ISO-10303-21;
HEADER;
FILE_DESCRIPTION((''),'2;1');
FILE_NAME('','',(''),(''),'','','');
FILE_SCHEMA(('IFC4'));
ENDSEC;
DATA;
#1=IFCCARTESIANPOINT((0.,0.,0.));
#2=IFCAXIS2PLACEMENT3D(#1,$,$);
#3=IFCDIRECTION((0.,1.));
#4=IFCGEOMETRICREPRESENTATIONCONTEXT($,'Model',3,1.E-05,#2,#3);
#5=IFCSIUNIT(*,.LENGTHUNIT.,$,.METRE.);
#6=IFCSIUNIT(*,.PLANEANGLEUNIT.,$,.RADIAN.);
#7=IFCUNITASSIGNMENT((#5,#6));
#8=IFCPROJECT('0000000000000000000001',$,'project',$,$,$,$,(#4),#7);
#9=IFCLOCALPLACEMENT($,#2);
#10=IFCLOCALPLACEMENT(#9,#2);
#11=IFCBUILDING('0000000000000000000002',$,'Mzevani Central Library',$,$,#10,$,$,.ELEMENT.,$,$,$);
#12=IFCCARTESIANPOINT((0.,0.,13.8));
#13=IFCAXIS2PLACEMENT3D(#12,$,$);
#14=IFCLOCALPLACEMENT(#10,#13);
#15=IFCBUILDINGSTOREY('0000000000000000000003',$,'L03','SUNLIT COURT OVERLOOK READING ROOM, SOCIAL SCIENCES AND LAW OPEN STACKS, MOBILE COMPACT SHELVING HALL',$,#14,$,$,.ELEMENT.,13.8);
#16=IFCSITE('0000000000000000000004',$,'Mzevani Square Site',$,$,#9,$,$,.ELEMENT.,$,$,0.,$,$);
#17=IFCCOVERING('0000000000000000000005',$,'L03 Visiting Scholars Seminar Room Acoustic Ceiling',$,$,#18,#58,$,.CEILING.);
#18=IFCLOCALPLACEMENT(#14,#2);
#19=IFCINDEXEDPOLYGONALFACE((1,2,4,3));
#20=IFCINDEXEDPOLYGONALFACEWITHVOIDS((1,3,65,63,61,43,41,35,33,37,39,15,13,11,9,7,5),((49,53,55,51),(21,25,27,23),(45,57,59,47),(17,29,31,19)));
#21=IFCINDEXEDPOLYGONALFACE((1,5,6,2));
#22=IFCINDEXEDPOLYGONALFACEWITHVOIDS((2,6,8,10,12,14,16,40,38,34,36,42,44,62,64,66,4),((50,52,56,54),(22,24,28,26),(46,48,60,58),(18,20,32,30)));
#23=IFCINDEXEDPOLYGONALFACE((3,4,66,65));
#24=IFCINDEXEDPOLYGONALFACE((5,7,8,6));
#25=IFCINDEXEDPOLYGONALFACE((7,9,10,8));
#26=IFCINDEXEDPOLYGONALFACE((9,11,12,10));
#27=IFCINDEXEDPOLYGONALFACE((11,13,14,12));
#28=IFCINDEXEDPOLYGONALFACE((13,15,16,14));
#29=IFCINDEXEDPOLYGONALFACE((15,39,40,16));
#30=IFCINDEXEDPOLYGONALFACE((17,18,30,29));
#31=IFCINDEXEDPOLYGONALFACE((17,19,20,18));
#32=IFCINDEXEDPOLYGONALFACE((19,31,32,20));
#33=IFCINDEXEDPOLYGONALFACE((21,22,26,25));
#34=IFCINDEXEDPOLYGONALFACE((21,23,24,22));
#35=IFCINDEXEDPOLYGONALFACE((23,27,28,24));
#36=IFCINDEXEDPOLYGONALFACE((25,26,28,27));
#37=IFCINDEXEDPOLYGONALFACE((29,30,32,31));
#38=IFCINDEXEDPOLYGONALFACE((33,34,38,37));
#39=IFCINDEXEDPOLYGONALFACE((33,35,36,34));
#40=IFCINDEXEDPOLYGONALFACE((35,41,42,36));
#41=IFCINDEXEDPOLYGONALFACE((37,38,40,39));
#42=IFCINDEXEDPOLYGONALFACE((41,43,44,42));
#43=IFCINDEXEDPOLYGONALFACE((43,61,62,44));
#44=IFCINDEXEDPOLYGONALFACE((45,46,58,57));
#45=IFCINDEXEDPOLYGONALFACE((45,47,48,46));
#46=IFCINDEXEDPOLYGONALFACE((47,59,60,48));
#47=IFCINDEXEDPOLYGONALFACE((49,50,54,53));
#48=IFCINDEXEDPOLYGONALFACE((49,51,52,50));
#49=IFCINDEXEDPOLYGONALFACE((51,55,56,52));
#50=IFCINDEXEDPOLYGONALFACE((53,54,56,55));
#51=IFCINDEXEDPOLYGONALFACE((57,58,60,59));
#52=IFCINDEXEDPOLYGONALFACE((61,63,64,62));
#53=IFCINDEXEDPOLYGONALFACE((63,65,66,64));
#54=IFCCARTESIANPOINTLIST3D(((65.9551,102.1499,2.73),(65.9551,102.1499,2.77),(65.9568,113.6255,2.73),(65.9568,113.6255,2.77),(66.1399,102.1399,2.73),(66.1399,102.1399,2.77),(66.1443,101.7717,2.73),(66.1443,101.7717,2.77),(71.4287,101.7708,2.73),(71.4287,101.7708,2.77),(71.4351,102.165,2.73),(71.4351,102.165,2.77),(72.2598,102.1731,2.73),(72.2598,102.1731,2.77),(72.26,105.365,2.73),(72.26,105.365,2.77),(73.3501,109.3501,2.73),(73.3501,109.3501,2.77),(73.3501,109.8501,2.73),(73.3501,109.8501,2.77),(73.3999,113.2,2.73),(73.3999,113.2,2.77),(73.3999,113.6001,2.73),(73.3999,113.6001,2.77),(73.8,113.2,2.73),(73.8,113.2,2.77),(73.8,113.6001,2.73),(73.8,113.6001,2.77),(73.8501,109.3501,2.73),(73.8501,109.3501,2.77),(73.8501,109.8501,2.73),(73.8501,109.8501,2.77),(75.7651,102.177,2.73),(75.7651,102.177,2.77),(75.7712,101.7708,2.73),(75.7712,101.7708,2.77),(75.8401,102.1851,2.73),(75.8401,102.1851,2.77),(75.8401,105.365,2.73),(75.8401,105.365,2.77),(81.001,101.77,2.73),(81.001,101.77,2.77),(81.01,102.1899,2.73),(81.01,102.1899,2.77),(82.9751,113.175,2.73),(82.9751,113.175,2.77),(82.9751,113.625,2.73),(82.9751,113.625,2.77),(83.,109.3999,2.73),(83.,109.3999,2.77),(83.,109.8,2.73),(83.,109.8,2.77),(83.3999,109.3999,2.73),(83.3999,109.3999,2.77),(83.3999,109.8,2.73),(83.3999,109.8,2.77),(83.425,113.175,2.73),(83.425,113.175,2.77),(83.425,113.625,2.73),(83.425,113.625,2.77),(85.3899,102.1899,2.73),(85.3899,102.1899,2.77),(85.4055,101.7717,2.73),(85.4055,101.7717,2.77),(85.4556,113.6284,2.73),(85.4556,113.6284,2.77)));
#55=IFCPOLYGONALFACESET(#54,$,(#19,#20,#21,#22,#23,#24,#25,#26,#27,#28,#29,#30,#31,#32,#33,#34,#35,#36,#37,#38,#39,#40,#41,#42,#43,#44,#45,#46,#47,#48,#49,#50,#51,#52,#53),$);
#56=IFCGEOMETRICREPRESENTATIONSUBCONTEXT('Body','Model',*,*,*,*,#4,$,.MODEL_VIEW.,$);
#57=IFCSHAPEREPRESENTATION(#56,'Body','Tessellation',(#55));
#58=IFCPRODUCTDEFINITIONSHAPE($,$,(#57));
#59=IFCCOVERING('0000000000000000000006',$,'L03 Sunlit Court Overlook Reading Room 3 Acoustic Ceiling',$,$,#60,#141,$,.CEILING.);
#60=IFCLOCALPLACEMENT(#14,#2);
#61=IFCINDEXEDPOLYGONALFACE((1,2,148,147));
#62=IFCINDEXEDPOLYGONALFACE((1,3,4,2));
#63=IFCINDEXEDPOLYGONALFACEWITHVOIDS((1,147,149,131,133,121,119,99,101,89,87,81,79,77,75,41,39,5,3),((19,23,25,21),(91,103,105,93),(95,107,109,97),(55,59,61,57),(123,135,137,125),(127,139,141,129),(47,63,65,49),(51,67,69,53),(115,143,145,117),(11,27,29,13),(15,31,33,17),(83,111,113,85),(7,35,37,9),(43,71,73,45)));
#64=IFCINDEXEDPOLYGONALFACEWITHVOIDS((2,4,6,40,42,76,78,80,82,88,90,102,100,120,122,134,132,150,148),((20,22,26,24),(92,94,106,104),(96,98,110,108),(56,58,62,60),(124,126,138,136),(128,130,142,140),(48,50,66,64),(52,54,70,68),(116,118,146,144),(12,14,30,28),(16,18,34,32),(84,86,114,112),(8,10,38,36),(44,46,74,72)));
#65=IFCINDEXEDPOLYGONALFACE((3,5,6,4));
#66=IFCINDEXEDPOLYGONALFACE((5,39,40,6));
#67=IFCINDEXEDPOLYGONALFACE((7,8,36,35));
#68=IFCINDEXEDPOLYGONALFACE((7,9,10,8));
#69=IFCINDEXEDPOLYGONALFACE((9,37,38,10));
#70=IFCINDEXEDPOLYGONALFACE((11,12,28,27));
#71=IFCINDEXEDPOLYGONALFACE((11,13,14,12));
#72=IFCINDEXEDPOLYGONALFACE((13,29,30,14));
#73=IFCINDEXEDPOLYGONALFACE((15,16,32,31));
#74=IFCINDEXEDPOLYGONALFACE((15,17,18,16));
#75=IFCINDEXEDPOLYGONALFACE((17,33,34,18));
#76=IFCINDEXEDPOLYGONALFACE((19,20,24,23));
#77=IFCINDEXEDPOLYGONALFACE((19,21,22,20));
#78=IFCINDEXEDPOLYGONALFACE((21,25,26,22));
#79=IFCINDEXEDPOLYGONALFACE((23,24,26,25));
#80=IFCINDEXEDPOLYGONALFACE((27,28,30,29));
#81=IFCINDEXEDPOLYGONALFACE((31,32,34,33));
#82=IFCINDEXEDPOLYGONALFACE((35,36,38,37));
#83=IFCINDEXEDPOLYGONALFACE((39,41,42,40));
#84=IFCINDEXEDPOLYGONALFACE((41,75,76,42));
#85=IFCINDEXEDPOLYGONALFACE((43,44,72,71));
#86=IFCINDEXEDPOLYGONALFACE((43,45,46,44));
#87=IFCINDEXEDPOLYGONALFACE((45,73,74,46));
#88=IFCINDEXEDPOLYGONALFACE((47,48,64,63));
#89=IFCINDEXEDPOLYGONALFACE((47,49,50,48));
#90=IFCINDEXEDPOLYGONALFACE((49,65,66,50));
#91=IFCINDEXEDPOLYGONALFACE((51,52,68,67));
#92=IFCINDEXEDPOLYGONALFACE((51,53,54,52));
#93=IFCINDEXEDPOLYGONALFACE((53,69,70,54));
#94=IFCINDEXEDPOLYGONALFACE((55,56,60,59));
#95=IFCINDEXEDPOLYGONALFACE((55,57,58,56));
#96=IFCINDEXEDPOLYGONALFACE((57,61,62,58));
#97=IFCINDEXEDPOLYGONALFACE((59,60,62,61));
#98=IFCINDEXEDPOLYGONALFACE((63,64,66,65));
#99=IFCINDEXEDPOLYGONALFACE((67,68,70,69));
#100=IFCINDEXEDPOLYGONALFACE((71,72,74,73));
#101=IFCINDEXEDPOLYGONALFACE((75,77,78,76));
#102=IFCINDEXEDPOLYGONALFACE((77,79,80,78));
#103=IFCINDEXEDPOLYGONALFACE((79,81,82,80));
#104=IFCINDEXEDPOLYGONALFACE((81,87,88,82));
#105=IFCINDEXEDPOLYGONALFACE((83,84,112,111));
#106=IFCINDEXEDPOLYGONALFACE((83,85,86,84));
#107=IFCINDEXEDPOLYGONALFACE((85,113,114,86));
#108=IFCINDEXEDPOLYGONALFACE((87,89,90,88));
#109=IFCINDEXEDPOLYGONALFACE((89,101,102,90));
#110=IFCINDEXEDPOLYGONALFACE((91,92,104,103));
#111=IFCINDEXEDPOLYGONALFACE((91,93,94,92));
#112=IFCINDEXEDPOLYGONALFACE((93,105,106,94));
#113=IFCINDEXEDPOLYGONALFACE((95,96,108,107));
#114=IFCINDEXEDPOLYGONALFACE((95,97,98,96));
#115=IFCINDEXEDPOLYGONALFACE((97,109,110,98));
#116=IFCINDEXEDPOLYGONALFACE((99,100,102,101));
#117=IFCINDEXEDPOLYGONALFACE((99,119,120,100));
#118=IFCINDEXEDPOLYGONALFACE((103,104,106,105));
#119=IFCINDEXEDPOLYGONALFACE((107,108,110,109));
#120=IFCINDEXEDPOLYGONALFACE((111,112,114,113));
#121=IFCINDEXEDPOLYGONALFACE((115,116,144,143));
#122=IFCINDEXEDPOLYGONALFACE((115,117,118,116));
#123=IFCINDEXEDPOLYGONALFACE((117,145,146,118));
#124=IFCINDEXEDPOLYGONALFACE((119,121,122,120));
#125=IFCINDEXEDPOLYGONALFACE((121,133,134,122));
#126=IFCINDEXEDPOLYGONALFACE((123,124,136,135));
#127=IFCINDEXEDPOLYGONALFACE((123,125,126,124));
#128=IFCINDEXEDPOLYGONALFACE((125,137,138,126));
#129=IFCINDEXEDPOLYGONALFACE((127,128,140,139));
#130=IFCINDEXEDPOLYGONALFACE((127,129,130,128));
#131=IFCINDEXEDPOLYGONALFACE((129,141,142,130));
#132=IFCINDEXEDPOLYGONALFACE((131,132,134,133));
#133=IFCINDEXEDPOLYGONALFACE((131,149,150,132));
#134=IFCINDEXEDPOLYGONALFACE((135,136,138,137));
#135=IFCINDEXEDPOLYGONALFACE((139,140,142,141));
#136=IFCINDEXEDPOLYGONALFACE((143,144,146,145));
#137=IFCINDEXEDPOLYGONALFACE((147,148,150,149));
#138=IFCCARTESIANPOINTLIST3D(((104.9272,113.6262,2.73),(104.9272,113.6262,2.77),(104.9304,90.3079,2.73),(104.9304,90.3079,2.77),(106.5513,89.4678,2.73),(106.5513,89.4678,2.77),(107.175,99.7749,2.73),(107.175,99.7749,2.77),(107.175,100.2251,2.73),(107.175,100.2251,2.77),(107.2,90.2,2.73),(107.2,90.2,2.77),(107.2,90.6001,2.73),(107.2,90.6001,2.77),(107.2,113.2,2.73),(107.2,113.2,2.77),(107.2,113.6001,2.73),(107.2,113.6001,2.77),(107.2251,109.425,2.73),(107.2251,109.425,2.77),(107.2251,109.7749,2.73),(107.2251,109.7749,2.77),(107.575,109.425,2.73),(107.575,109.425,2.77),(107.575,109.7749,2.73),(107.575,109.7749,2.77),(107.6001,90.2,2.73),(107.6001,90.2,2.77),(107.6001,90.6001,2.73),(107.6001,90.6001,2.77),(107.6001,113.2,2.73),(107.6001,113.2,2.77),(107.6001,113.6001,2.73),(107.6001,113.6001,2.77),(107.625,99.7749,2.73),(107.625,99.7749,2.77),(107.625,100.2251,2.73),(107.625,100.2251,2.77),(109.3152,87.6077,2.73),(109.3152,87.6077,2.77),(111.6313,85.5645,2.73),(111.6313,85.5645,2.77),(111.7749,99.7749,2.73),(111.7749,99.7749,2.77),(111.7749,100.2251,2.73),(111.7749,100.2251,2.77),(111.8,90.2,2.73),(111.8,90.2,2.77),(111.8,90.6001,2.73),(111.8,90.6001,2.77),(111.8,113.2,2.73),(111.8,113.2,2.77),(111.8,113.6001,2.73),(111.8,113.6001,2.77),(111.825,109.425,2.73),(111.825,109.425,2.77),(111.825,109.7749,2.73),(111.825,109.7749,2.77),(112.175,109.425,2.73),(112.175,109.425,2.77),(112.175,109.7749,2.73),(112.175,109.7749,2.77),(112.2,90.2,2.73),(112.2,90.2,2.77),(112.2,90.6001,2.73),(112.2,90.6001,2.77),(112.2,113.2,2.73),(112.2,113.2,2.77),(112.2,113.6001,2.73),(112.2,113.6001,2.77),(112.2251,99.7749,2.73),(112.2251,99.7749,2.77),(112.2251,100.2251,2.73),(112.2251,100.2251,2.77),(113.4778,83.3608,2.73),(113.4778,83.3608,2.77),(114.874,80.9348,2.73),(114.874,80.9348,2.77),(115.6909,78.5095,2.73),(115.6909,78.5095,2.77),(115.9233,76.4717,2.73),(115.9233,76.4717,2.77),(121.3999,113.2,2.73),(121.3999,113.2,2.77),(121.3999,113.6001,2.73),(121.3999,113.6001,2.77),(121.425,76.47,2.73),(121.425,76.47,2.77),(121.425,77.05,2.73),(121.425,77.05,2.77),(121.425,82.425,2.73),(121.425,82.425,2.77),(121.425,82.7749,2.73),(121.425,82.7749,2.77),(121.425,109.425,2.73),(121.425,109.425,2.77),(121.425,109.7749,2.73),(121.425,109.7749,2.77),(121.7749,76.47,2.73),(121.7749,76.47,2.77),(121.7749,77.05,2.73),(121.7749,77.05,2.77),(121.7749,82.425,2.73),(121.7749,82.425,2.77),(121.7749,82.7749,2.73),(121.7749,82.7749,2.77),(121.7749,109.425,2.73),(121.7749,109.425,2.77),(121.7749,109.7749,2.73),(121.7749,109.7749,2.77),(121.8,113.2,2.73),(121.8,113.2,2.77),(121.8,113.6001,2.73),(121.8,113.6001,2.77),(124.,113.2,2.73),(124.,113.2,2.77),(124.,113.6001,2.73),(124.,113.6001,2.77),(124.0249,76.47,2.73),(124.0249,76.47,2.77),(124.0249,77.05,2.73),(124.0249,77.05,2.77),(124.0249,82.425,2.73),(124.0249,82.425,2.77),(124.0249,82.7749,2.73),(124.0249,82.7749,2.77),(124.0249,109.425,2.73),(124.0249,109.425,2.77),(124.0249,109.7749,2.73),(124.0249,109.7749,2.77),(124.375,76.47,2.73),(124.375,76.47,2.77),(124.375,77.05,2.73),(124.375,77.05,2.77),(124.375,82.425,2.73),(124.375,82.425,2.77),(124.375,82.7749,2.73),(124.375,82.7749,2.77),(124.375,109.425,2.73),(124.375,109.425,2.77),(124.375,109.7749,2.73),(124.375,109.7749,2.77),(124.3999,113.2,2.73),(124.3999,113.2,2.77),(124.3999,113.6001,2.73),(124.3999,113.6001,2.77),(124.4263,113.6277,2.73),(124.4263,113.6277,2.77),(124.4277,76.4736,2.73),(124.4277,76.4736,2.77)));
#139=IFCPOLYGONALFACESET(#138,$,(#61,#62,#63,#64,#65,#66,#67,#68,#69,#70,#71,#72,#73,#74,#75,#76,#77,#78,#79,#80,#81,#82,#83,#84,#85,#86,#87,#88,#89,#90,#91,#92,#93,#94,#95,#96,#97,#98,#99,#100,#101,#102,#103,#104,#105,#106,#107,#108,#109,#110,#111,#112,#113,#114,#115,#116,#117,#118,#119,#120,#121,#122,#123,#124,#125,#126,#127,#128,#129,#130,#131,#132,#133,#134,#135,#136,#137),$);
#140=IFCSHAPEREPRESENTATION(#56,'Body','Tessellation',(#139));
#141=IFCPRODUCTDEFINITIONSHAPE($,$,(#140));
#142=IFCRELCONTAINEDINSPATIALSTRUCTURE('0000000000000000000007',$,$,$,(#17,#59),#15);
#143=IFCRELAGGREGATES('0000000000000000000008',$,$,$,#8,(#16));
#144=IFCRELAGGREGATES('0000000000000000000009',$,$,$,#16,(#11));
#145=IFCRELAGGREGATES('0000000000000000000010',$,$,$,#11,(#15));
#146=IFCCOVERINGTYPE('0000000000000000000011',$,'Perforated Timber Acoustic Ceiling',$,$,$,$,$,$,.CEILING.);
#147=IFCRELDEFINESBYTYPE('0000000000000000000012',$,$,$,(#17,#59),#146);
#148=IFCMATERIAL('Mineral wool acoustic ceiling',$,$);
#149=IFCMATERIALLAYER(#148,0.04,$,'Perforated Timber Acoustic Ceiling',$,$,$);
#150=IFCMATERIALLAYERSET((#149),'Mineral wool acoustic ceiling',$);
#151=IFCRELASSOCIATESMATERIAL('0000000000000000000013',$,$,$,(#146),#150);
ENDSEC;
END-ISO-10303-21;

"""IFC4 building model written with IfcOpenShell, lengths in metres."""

from ifc_helpers import new_model, si_unit, direction, frame, origin, place, context, subcontext, project, spatial, polyline, outline, extrude, material, layer, layer_set, type_object, element, save


model = new_model("IFC4")

# Units and contexts
model_context = context("Model", 3, precision=1e-05, world=origin(), true_north=direction((0.0, 1.0)))
body_context = subcontext(model_context, "Body", "Model", "MODEL_VIEW")
ifc_project = project(units=[si_unit("LENGTHUNIT", "METRE"), si_unit("PLANEANGLEUNIT", "RADIAN")], contexts=[model_context])

# Site, building, storey
site_placement = place(None, origin())
site = spatial("IfcSite", under=ifc_project, at=site_placement, Name="Mzevani Square Site", CompositionType="ELEMENT", RefElevation=0.0)
building_placement = place(site_placement, origin())
building = spatial("IfcBuilding", under=site, at=building_placement, Name="Mzevani Central Library", CompositionType="ELEMENT")
storey_placement = place(building_placement, frame((0.0, 0.0, 13.8)))
storey = spatial("IfcBuildingStorey", under=building, at=storey_placement, Name="L03", Description="SUNLIT COURT OVERLOOK READING ROOM, SOCIAL SCIENCES AND LAW OPEN STACKS, MOBILE COMPACT SHELVING HALL", CompositionType="ELEMENT", Elevation=13.8)

# Coverings
ifc_material_1 = material(Name="Mineral wool acoustic ceiling")
ifc_layer_1 = layer(ifc_material_1, 0.04, Name="Perforated Timber Acoustic Ceiling")
ifc_layer_set_1 = layer_set([ifc_layer_1], Name="Mineral wool acoustic ceiling")
covering_type_1 = type_object("IfcCoveringType", Name="Perforated Timber Acoustic Ceiling", PredefinedType="CEILING", material=ifc_layer_set_1)
covering_1_placement = place(storey_placement, frame((0.0, 0.0, 2.73)))
element("IfcCovering", 1, at=covering_1_placement, inside=storey, type_object=covering_type_1, Name="L03 Visiting Scholars Seminar Room Acoustic Ceiling", PredefinedType="CEILING", context=body_context, shape_type="SweptSolid", body=[
    extrude(outline(polyline([(85.4055, 101.7717), (85.3899, 102.1899), (81.01, 102.1899), (81.001, 101.77), (75.7712, 101.7708), (75.7651, 102.177), (75.8401, 102.1851), (75.8401, 105.365), (72.26, 105.365), (72.2598, 102.1731), (71.4351, 102.165), (71.4287, 101.7708), (66.1443, 101.7717), (66.1399, 102.1399), (65.9551, 102.1499), (65.9568, 113.6255), (85.4556, 113.6284), (85.4055, 101.7717)]), holes=[polyline([(73.8501, 109.3501), (73.8501, 109.8501), (73.3501, 109.8501), (73.3501, 109.3501), (73.8501, 109.3501)]), polyline([(73.3999, 113.2), (73.8, 113.2), (73.8, 113.6001), (73.3999, 113.6001), (73.3999, 113.2)]), polyline([(83.0, 109.8), (83.0, 109.3999), (83.3999, 109.3999), (83.3999, 109.8), (83.0, 109.8)]), polyline([(83.425, 113.625), (82.9751, 113.625), (82.9751, 113.175), (83.425, 113.175), (83.425, 113.625)])]), origin(), (0.0, 0.0, 1.0), 0.04),
])
covering_2_placement = place(storey_placement, frame((0.0, 0.0, 2.73)))
element("IfcCovering", 2, at=covering_2_placement, inside=storey, type_object=covering_type_1, Name="L03 Sunlit Court Overlook Reading Room 3 Acoustic Ceiling", PredefinedType="CEILING", context=body_context, shape_type="SweptSolid", body=[
    extrude(outline(polyline([(104.9304, 90.3079), (104.9272, 113.6262), (124.4263, 113.6277), (124.4277, 76.4736), (124.375, 76.47), (124.375, 77.05), (124.0249, 77.05), (124.0249, 76.47), (121.7749, 76.47), (121.7749, 77.05), (121.425, 77.05), (121.425, 76.47), (115.9233, 76.4717), (115.6909, 78.5095), (114.874, 80.9348), (113.4778, 83.3608), (111.6313, 85.5645), (109.3152, 87.6077), (106.5513, 89.4678), (104.9304, 90.3079)]), holes=[polyline([(107.6001, 90.2), (107.6001, 90.6001), (107.2, 90.6001), (107.2, 90.2), (107.6001, 90.2)]), polyline([(107.175, 99.7749), (107.625, 99.7749), (107.625, 100.2251), (107.175, 100.2251), (107.175, 99.7749)]), polyline([(107.2251, 109.7749), (107.2251, 109.425), (107.575, 109.425), (107.575, 109.7749), (107.2251, 109.7749)]), polyline([(107.6001, 113.6001), (107.2, 113.6001), (107.2, 113.2), (107.6001, 113.2), (107.6001, 113.6001)]), polyline([(112.2, 90.2), (112.2, 90.6001), (111.8, 90.6001), (111.8, 90.2), (112.2, 90.2)]), polyline([(111.7749, 99.7749), (112.2251, 99.7749), (112.2251, 100.2251), (111.7749, 100.2251), (111.7749, 99.7749)]), polyline([(111.825, 109.7749), (111.825, 109.425), (112.175, 109.425), (112.175, 109.7749), (111.825, 109.7749)]), polyline([(112.2, 113.6001), (111.8, 113.6001), (111.8, 113.2), (112.2, 113.2), (112.2, 113.6001)]), polyline([(121.425, 82.425), (121.7749, 82.425), (121.7749, 82.7749), (121.425, 82.7749), (121.425, 82.425)]), polyline([(121.425, 109.7749), (121.425, 109.425), (121.7749, 109.425), (121.7749, 109.7749), (121.425, 109.7749)]), polyline([(121.8, 113.6001), (121.3999, 113.6001), (121.3999, 113.2), (121.8, 113.2), (121.8, 113.6001)]), polyline([(124.0249, 82.425), (124.375, 82.425), (124.375, 82.7749), (124.0249, 82.7749), (124.0249, 82.425)]), polyline([(124.0249, 109.7749), (124.0249, 109.425), (124.375, 109.425), (124.375, 109.7749), (124.0249, 109.7749)]), polyline([(124.3999, 113.6001), (124.0, 113.6001), (124.0, 113.2), (124.3999, 113.2), (124.3999, 113.6001)])]), origin(), (0.0, 0.0, 1.0), 0.04),
])

save(model, "model.ifc")
